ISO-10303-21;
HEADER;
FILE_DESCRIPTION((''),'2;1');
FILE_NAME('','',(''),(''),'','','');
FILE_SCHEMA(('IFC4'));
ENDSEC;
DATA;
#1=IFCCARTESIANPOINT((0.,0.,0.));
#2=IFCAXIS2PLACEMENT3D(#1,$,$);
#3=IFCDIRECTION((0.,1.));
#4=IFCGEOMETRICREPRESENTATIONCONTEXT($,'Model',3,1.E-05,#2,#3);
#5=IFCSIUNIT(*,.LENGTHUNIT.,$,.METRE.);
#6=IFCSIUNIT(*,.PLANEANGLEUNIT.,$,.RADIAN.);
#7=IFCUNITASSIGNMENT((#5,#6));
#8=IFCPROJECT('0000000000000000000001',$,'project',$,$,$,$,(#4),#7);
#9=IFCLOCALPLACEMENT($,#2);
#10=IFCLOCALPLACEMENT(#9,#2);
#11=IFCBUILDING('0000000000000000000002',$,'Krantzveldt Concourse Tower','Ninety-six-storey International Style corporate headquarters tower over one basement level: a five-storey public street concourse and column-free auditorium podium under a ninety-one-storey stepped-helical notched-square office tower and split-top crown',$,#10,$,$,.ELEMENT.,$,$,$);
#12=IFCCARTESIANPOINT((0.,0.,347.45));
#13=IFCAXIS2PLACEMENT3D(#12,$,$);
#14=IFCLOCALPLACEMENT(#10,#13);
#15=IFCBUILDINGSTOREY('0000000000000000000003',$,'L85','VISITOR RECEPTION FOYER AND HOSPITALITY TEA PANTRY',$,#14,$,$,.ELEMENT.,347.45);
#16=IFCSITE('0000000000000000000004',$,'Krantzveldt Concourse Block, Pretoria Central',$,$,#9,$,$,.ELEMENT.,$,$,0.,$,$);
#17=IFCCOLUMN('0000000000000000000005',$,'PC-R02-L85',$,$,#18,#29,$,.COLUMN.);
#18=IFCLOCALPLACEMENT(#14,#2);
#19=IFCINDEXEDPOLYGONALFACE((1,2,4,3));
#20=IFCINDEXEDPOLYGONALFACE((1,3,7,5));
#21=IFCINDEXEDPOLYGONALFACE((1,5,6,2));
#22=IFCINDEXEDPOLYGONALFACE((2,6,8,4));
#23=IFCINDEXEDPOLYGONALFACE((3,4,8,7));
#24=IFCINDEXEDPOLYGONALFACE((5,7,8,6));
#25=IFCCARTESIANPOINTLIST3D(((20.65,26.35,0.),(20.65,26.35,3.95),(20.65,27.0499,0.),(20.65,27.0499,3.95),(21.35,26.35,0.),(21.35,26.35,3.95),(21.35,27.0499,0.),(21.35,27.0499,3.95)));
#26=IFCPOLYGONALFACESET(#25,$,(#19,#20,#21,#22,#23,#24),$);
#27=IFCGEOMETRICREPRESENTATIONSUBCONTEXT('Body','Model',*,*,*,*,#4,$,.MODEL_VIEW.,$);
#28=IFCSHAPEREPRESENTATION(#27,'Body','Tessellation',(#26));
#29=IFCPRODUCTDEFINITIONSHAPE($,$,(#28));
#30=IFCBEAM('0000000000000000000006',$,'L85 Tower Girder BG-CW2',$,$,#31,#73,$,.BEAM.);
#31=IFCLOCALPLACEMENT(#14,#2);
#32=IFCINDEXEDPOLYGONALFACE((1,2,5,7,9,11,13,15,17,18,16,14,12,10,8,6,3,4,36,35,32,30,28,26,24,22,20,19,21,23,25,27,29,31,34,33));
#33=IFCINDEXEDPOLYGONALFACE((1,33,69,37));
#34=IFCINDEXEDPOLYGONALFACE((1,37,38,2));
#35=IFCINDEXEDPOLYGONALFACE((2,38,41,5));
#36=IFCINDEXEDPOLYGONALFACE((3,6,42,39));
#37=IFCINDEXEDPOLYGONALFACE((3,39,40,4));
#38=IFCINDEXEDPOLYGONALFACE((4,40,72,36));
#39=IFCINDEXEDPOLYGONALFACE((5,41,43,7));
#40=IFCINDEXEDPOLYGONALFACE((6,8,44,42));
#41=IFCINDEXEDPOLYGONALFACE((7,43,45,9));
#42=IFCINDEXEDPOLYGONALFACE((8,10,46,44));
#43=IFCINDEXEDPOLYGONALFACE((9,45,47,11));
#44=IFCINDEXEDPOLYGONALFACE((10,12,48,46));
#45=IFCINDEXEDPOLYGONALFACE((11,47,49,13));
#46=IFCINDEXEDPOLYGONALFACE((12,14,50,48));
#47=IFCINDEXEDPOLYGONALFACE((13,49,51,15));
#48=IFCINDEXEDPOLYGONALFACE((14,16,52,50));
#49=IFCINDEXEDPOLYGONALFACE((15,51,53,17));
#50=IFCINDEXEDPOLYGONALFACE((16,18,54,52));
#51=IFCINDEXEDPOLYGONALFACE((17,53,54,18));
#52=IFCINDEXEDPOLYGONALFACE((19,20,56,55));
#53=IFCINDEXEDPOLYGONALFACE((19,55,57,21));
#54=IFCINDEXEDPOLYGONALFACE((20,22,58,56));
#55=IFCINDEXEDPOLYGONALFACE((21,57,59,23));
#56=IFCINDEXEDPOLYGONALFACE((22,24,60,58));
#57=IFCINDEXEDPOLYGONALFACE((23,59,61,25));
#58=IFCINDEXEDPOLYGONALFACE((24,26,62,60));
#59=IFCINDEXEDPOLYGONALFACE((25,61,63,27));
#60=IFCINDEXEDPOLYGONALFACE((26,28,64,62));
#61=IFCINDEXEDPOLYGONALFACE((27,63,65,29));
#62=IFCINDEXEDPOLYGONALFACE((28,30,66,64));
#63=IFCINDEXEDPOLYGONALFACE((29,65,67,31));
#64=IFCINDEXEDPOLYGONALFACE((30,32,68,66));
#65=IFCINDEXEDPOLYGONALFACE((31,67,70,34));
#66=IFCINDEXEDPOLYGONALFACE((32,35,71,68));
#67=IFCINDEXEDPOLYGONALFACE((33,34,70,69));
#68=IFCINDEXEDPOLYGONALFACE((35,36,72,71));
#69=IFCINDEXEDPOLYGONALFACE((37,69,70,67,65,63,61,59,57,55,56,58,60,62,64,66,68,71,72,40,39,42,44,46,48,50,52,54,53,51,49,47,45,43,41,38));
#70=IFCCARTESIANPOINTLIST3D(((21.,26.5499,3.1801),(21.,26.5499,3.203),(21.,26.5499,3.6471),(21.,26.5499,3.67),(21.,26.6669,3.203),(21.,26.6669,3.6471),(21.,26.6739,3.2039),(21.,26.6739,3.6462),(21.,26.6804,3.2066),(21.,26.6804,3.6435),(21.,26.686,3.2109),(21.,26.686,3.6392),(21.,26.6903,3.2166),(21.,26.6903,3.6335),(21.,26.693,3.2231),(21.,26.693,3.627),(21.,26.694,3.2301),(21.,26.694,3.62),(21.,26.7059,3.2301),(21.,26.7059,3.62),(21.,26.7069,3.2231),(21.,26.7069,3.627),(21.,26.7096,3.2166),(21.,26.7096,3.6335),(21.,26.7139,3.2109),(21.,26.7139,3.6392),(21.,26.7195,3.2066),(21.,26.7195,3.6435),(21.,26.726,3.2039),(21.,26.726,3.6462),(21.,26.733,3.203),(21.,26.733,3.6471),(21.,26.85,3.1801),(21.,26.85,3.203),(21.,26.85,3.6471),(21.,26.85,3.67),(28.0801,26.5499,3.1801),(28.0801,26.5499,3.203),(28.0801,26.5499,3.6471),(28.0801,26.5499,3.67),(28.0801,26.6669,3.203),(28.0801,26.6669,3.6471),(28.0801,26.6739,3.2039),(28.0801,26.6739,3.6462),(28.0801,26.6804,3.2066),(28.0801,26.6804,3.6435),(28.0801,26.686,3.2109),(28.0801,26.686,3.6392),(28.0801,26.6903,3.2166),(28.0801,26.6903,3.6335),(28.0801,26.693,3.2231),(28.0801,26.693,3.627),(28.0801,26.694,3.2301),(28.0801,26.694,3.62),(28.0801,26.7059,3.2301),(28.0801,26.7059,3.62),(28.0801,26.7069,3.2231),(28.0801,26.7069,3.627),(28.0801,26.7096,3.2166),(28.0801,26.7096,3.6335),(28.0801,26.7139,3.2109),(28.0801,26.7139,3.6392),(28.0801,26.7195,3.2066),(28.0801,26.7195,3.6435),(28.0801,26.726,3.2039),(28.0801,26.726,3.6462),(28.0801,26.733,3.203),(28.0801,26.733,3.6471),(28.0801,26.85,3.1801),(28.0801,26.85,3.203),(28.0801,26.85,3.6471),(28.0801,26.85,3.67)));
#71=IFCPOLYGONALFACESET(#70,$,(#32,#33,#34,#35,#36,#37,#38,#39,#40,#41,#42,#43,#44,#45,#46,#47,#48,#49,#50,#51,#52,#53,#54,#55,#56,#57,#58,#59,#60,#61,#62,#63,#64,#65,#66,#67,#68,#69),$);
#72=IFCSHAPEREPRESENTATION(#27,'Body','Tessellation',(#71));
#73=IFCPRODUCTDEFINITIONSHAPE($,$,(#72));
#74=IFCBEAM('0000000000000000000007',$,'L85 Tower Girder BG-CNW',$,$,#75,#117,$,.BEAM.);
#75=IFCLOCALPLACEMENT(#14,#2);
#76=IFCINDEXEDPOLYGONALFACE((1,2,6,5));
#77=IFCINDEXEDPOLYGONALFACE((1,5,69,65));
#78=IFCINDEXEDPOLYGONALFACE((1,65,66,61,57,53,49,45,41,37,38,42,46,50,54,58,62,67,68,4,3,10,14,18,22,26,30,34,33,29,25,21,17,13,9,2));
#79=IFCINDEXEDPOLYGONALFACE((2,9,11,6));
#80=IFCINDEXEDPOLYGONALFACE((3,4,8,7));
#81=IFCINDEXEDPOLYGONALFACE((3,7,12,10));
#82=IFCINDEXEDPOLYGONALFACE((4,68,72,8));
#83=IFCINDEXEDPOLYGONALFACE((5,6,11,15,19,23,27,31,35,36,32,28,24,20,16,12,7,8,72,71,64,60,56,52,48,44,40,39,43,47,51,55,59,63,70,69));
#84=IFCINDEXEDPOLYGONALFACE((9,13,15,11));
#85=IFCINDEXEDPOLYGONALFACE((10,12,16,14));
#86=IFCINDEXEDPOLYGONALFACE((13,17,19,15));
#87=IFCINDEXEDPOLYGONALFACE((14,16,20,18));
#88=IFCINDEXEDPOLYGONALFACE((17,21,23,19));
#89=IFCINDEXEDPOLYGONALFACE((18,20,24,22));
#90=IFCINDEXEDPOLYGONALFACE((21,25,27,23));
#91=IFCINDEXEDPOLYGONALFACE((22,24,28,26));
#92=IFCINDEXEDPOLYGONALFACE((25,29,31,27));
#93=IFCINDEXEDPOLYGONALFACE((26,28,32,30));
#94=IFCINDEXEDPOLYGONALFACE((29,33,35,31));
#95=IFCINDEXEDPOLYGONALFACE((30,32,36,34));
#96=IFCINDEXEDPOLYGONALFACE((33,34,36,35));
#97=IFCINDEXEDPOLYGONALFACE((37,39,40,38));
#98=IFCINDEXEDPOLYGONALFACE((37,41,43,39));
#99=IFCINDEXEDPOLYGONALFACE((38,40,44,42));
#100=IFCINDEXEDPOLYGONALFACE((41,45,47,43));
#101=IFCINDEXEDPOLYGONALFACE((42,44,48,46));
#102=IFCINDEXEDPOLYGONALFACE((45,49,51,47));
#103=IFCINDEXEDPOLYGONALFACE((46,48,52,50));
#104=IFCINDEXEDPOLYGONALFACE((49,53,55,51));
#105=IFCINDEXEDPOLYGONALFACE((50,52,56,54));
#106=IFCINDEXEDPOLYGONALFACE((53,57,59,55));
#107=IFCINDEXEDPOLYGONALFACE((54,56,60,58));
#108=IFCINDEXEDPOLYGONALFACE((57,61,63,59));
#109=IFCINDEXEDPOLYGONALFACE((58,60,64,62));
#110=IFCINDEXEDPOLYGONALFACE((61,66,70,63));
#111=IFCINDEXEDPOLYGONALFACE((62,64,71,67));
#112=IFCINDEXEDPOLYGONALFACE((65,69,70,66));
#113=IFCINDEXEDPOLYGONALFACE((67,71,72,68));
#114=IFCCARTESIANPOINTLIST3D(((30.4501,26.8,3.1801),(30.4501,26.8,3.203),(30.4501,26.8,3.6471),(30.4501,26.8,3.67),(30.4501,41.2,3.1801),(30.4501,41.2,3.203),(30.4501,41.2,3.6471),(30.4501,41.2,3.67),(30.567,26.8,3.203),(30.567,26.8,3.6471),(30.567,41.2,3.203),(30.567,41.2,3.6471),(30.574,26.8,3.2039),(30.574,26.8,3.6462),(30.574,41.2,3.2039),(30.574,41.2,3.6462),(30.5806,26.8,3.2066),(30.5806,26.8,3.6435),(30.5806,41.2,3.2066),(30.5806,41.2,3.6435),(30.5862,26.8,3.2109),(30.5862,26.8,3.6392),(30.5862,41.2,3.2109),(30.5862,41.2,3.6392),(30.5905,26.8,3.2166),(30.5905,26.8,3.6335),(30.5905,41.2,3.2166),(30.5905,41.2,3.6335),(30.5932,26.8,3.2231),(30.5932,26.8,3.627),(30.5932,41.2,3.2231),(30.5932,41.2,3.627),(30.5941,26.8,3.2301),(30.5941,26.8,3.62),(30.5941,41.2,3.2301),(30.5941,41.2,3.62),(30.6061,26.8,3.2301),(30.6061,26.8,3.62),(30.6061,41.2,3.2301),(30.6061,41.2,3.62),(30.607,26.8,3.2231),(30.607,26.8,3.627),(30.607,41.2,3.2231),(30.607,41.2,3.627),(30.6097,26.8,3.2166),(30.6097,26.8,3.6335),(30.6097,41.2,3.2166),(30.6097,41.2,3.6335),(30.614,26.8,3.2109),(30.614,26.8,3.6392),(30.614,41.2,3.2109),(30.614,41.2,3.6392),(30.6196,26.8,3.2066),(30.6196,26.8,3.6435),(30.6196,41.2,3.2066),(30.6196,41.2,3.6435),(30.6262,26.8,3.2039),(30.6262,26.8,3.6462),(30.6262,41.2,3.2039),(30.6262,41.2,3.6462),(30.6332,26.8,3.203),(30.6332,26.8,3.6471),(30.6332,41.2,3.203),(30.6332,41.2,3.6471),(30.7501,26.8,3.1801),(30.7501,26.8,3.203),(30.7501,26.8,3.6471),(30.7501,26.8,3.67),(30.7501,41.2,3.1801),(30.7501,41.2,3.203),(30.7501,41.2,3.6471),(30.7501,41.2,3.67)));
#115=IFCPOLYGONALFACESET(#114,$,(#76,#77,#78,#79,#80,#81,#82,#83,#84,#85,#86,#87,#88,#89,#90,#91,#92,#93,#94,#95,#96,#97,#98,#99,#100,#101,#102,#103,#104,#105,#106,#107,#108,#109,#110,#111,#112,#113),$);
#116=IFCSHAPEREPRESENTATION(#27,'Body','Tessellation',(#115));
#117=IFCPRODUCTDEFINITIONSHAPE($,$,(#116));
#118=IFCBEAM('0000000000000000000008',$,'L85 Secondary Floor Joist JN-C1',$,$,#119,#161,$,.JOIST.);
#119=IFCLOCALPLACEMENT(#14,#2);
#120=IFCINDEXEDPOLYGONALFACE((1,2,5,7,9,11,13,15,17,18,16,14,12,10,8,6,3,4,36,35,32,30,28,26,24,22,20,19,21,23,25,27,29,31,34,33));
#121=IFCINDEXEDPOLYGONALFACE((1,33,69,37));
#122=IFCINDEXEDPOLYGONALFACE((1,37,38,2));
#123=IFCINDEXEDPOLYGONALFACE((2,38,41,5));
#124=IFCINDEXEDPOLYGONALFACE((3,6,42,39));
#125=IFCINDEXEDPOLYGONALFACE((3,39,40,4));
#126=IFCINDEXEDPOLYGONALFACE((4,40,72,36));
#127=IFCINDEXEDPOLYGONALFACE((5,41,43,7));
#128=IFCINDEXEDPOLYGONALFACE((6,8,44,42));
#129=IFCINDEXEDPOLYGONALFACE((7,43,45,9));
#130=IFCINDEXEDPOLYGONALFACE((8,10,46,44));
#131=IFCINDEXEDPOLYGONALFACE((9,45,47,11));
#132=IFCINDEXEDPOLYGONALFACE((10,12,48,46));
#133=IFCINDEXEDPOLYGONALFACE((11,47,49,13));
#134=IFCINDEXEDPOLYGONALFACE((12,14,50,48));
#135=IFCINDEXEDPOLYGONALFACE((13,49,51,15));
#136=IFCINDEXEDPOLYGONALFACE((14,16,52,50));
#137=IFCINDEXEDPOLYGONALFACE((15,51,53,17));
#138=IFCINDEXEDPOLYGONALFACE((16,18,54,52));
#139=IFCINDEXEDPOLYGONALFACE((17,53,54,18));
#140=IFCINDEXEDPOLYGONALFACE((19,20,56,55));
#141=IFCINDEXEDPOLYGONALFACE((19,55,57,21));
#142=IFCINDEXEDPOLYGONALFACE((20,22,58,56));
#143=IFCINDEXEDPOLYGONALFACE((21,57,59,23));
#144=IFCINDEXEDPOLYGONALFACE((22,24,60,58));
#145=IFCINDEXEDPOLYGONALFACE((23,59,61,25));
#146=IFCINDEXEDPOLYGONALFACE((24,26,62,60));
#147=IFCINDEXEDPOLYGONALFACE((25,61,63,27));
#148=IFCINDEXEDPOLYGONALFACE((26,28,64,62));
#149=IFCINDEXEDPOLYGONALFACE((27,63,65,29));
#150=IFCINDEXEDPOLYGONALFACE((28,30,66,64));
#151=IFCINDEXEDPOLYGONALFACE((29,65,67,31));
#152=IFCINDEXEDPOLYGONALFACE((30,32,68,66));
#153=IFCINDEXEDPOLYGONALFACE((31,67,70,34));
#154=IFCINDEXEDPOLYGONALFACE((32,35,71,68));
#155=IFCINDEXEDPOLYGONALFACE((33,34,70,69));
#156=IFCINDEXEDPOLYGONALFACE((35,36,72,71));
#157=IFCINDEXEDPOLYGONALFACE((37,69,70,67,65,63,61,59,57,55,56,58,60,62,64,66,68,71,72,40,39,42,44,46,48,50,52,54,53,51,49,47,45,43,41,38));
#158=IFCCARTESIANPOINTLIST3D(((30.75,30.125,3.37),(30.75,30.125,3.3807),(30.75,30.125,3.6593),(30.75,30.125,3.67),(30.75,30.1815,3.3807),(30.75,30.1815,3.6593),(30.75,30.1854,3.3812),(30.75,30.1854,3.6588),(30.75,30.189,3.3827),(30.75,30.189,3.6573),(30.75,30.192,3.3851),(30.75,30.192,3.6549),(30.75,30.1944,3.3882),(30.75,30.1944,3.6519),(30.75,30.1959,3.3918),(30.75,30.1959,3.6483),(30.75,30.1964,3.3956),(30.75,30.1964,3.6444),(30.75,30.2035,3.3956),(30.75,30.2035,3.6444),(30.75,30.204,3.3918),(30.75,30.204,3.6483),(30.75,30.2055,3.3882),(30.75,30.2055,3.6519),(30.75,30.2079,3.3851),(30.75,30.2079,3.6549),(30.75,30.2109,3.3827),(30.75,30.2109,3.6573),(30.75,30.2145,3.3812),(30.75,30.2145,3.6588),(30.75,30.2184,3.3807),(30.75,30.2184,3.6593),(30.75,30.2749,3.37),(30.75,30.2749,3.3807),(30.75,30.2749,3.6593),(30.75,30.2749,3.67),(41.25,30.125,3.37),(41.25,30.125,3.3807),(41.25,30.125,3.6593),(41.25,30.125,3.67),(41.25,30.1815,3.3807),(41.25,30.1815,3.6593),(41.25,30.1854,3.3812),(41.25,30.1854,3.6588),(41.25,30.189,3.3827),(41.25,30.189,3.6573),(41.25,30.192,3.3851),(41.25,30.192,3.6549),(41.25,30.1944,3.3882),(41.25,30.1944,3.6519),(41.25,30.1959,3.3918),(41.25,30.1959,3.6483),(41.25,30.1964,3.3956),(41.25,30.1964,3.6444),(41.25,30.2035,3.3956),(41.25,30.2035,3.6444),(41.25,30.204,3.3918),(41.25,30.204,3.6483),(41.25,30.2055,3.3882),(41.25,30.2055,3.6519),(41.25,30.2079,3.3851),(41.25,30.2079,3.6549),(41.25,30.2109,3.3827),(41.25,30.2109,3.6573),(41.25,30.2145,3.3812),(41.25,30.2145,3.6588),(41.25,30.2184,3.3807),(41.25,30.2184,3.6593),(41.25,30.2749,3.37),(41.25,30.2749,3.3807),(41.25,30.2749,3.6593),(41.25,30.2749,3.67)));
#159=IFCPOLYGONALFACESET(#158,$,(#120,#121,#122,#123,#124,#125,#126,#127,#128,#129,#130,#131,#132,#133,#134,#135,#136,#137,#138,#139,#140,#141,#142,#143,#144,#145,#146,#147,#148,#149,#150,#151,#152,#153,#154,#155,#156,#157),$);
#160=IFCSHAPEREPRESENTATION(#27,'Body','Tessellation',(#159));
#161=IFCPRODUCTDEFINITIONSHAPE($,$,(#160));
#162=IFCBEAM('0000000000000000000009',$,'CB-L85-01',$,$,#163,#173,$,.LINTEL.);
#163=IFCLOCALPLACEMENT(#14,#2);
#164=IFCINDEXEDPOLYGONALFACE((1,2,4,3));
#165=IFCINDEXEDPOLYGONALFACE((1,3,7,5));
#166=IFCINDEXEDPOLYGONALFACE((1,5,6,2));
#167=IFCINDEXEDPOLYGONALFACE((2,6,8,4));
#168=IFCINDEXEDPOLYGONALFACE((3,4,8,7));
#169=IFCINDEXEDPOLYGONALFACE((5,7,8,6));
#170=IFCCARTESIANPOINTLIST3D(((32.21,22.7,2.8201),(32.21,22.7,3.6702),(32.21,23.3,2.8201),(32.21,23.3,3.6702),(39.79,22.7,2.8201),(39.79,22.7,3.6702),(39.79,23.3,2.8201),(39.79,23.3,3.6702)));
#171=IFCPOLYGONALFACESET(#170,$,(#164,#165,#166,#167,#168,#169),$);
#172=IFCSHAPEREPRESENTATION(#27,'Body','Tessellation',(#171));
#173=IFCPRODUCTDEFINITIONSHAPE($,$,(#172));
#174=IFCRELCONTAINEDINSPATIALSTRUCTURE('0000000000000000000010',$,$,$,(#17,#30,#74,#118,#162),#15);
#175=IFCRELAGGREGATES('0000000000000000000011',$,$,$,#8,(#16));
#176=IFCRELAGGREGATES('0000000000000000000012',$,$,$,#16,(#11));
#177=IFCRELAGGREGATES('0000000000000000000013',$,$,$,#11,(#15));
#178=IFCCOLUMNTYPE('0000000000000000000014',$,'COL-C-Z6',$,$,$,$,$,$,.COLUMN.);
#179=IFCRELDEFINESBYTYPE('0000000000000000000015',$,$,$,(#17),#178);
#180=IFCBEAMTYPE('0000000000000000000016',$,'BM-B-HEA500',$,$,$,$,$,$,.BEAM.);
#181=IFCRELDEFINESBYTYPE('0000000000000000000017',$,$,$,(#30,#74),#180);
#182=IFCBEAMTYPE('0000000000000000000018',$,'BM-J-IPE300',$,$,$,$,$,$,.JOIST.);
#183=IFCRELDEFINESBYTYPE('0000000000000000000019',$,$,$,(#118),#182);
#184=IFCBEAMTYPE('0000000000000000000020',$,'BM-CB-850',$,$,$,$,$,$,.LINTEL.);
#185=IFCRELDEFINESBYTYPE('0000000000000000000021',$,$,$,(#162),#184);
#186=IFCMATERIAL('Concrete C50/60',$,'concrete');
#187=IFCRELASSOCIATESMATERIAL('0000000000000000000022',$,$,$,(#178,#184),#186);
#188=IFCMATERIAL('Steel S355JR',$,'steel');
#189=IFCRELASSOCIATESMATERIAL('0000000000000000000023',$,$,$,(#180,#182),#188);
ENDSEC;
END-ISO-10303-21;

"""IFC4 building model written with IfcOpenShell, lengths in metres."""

from ifc_helpers import new_model, si_unit, direction, frame, origin, origin_2d, place, context, subcontext, project, spatial, rectangle, i_section, extrude, source, transform, mapped, material, material_profile, profile_set, type_object, type_shapes, element, save


model = new_model("IFC4")

# Units and contexts
model_context = context("Model", 3, precision=1e-05, world=origin(), true_north=direction((0.0, 1.0)))
body_context = subcontext(model_context, "Body", "Model", "MODEL_VIEW")
ifc_project = project(units=[si_unit("LENGTHUNIT", "METRE"), si_unit("PLANEANGLEUNIT", "RADIAN")], contexts=[model_context])

# Site, building, storey
site_placement = place(None, origin())
site = spatial("IfcSite", under=ifc_project, at=site_placement, Name="Krantzveldt Concourse Block, Pretoria Central", CompositionType="ELEMENT", RefElevation=0.0)
building_placement = place(site_placement, origin())
building = spatial("IfcBuilding", under=site, at=building_placement, Name="Krantzveldt Concourse Tower", Description="Ninety-six-storey International Style corporate headquarters tower over one basement level: a five-storey public street concourse and column-free auditorium podium under a ninety-one-storey stepped-helical notched-square office tower and split-top crown", CompositionType="ELEMENT")
storey_placement = place(building_placement, frame((0.0, 0.0, 347.45)))
storey = spatial("IfcBuildingStorey", under=building, at=storey_placement, Name="L85", Description="VISITOR RECEPTION FOYER AND HOSPITALITY TEA PANTRY", CompositionType="ELEMENT", Elevation=347.45)

# Column
ifc_material_1 = material(Name="Concrete C50/60", Category="concrete")
ifc_material_profile_1 = material_profile(ifc_material_1, rectangle(XDim=0.7, YDim=0.7, at=origin_2d()), Name="Concrete C50/60", Category="concrete")
ifc_profile_set_1 = profile_set([ifc_material_profile_1], Name="Concrete C50/60 - RC 700x700")
column_type = type_object("IfcColumnType", Name="COL-C-Z6", PredefinedType="COLUMN", material=ifc_profile_set_1)
shared_shape_1 = source(origin(), body_context, "Body", "SweptSolid", [
    extrude(rectangle(XDim=0.7, YDim=0.7, at=origin_2d()), origin(), (0.0, 0.0, 1.0), 3.95),
])
type_shapes(column_type, [shared_shape_1])
column_placement = place(storey_placement, frame((21.0, 26.7, 0.0), z_axis=(0.0, 0.0, 1.0), x_axis=(1.0, 0.0, 0.0)))
element("IfcColumn", 1, at=column_placement, inside=storey, type_object=column_type, Name="PC-R02-L85", PredefinedType="COLUMN", context=body_context, shape_type="MappedRepresentation", body=[
    mapped(shared_shape_1, transform((0.0, 0.0, 0.0), x_axis=(1.0, 0.0, 0.0), y_axis=(0.0, 1.0, 0.0), z_axis=(0.0, 0.0, 1.0), scale=1.0)),
])

# Beams
ifc_material_2 = material(Name="Steel S355JR", Category="steel")
ifc_material_profile_2 = material_profile(ifc_material_2, i_section(OverallWidth=0.3, OverallDepth=0.49, WebThickness=0.012, FlangeThickness=0.0229, FilletRadius=0.0271, at=origin_2d()), Name="Steel S355JR", Category="steel")
ifc_profile_set_2 = profile_set([ifc_material_profile_2], Name="Steel S355JR - HEA 500")
beam_type_1 = type_object("IfcBeamType", Name="BM-B-HEA500", PredefinedType="BEAM", material=ifc_profile_set_2)
shared_shape_2 = source(origin(), body_context, "Body", "SweptSolid", [
    extrude(i_section(OverallWidth=0.3, OverallDepth=0.49, WebThickness=0.012, FlangeThickness=0.0229, FilletRadius=0.0271, at=origin_2d()), origin(), (0.0, 0.0, 1.0), 7.0801),
])
beam_1_placement = place(storey_placement, frame((21.0, 26.7, 3.425), z_axis=(1.0, 0.0, 0.0), x_axis=(0.0, 1.0, 0.0)))
element("IfcBeam", 2, at=beam_1_placement, inside=storey, type_object=beam_type_1, Name="L85 Tower Girder BG-CW2", PredefinedType="BEAM", context=body_context, shape_type="MappedRepresentation", body=[
    mapped(shared_shape_2, transform((0.0, 0.0, 0.0), x_axis=(1.0, 0.0, 0.0), y_axis=(0.0, 1.0, 0.0), z_axis=(0.0, 0.0, 1.0), scale=1.0)),
])
shared_shape_3 = source(origin(), body_context, "Body", "SweptSolid", [
    extrude(i_section(OverallWidth=0.3, OverallDepth=0.49, WebThickness=0.012, FlangeThickness=0.0229, FilletRadius=0.0271, at=origin_2d()), origin(), (0.0, 0.0, 1.0), 14.3999),
])
type_shapes(beam_type_1, [shared_shape_2, shared_shape_3])
beam_2_placement = place(storey_placement, frame((30.6001, 26.8, 3.425), z_axis=(0.0, 1.0, 0.0), x_axis=(-1.0, 0.0, 0.0)))
element("IfcBeam", 3, at=beam_2_placement, inside=storey, type_object=beam_type_1, Name="L85 Tower Girder BG-CNW", PredefinedType="BEAM", context=body_context, shape_type="MappedRepresentation", body=[
    mapped(shared_shape_3, transform((0.0, 0.0, 0.0), x_axis=(1.0, 0.0, 0.0), y_axis=(0.0, 1.0, 0.0), z_axis=(0.0, 0.0, 1.0), scale=1.0)),
])
ifc_material_profile_3 = material_profile(ifc_material_2, i_section(OverallWidth=0.1499, OverallDepth=0.3, WebThickness=0.0071, FlangeThickness=0.0107, FilletRadius=0.0149, at=origin_2d()), Name="Steel S355JR", Category="steel")
ifc_profile_set_3 = profile_set([ifc_material_profile_3], Name="Steel S355JR - IPE 300")
beam_type_2 = type_object("IfcBeamType", Name="BM-J-IPE300", PredefinedType="JOIST", material=ifc_profile_set_3)
shared_shape_4 = source(origin(), body_context, "Body", "SweptSolid", [
    extrude(i_section(OverallWidth=0.1499, OverallDepth=0.3, WebThickness=0.0071, FlangeThickness=0.0107, FilletRadius=0.0149, at=origin_2d()), origin(), (0.0, 0.0, 1.0), 10.5),
])
beam_3_placement = place(storey_placement, frame((30.75, 30.2, 3.52), z_axis=(1.0, 0.0, 0.0), x_axis=(0.0, 1.0, 0.0)))
element("IfcBeam", 4, at=beam_3_placement, inside=storey, type_object=beam_type_2, Name="L85 Secondary Floor Joist JN-C1", PredefinedType="JOIST", context=body_context, shape_type="MappedRepresentation", body=[
    mapped(shared_shape_4, transform((0.0, 0.0, 0.0), x_axis=(1.0, 0.0, 0.0), y_axis=(0.0, 1.0, 0.0), z_axis=(0.0, 0.0, 1.0), scale=1.0)),
])
ifc_material_profile_4 = material_profile(ifc_material_1, rectangle(XDim=0.6001, YDim=0.8501, at=origin_2d()), Name="Concrete C50/60", Category="concrete")
ifc_profile_set_4 = profile_set([ifc_material_profile_4], Name="Concrete C50/60 - RC-CB 600x850")
beam_type_3 = type_object("IfcBeamType", Name="BM-CB-850", PredefinedType="LINTEL", material=ifc_profile_set_4)
shared_shape_5 = source(origin(), body_context, "Body", "SweptSolid", [
    extrude(rectangle(XDim=0.6001, YDim=0.8501, at=origin_2d()), origin(), (0.0, 0.0, 1.0), 7.5801),
])
type_shapes(beam_type_3, [shared_shape_5])
beam_4_placement = place(storey_placement, frame((32.21, 23.0, 3.2451), z_axis=(1.0, 0.0, 0.0), x_axis=(0.0, 1.0, 0.0)))
element("IfcBeam", 5, at=beam_4_placement, inside=storey, type_object=beam_type_3, Name="CB-L85-01", PredefinedType="LINTEL", context=body_context, shape_type="MappedRepresentation", body=[
    mapped(shared_shape_5, transform((0.0, 0.0, 0.0), x_axis=(1.0, 0.0, 0.0), y_axis=(0.0, 1.0, 0.0), z_axis=(0.0, 0.0, 1.0), scale=1.0)),
])

save(model, "model.ifc")
